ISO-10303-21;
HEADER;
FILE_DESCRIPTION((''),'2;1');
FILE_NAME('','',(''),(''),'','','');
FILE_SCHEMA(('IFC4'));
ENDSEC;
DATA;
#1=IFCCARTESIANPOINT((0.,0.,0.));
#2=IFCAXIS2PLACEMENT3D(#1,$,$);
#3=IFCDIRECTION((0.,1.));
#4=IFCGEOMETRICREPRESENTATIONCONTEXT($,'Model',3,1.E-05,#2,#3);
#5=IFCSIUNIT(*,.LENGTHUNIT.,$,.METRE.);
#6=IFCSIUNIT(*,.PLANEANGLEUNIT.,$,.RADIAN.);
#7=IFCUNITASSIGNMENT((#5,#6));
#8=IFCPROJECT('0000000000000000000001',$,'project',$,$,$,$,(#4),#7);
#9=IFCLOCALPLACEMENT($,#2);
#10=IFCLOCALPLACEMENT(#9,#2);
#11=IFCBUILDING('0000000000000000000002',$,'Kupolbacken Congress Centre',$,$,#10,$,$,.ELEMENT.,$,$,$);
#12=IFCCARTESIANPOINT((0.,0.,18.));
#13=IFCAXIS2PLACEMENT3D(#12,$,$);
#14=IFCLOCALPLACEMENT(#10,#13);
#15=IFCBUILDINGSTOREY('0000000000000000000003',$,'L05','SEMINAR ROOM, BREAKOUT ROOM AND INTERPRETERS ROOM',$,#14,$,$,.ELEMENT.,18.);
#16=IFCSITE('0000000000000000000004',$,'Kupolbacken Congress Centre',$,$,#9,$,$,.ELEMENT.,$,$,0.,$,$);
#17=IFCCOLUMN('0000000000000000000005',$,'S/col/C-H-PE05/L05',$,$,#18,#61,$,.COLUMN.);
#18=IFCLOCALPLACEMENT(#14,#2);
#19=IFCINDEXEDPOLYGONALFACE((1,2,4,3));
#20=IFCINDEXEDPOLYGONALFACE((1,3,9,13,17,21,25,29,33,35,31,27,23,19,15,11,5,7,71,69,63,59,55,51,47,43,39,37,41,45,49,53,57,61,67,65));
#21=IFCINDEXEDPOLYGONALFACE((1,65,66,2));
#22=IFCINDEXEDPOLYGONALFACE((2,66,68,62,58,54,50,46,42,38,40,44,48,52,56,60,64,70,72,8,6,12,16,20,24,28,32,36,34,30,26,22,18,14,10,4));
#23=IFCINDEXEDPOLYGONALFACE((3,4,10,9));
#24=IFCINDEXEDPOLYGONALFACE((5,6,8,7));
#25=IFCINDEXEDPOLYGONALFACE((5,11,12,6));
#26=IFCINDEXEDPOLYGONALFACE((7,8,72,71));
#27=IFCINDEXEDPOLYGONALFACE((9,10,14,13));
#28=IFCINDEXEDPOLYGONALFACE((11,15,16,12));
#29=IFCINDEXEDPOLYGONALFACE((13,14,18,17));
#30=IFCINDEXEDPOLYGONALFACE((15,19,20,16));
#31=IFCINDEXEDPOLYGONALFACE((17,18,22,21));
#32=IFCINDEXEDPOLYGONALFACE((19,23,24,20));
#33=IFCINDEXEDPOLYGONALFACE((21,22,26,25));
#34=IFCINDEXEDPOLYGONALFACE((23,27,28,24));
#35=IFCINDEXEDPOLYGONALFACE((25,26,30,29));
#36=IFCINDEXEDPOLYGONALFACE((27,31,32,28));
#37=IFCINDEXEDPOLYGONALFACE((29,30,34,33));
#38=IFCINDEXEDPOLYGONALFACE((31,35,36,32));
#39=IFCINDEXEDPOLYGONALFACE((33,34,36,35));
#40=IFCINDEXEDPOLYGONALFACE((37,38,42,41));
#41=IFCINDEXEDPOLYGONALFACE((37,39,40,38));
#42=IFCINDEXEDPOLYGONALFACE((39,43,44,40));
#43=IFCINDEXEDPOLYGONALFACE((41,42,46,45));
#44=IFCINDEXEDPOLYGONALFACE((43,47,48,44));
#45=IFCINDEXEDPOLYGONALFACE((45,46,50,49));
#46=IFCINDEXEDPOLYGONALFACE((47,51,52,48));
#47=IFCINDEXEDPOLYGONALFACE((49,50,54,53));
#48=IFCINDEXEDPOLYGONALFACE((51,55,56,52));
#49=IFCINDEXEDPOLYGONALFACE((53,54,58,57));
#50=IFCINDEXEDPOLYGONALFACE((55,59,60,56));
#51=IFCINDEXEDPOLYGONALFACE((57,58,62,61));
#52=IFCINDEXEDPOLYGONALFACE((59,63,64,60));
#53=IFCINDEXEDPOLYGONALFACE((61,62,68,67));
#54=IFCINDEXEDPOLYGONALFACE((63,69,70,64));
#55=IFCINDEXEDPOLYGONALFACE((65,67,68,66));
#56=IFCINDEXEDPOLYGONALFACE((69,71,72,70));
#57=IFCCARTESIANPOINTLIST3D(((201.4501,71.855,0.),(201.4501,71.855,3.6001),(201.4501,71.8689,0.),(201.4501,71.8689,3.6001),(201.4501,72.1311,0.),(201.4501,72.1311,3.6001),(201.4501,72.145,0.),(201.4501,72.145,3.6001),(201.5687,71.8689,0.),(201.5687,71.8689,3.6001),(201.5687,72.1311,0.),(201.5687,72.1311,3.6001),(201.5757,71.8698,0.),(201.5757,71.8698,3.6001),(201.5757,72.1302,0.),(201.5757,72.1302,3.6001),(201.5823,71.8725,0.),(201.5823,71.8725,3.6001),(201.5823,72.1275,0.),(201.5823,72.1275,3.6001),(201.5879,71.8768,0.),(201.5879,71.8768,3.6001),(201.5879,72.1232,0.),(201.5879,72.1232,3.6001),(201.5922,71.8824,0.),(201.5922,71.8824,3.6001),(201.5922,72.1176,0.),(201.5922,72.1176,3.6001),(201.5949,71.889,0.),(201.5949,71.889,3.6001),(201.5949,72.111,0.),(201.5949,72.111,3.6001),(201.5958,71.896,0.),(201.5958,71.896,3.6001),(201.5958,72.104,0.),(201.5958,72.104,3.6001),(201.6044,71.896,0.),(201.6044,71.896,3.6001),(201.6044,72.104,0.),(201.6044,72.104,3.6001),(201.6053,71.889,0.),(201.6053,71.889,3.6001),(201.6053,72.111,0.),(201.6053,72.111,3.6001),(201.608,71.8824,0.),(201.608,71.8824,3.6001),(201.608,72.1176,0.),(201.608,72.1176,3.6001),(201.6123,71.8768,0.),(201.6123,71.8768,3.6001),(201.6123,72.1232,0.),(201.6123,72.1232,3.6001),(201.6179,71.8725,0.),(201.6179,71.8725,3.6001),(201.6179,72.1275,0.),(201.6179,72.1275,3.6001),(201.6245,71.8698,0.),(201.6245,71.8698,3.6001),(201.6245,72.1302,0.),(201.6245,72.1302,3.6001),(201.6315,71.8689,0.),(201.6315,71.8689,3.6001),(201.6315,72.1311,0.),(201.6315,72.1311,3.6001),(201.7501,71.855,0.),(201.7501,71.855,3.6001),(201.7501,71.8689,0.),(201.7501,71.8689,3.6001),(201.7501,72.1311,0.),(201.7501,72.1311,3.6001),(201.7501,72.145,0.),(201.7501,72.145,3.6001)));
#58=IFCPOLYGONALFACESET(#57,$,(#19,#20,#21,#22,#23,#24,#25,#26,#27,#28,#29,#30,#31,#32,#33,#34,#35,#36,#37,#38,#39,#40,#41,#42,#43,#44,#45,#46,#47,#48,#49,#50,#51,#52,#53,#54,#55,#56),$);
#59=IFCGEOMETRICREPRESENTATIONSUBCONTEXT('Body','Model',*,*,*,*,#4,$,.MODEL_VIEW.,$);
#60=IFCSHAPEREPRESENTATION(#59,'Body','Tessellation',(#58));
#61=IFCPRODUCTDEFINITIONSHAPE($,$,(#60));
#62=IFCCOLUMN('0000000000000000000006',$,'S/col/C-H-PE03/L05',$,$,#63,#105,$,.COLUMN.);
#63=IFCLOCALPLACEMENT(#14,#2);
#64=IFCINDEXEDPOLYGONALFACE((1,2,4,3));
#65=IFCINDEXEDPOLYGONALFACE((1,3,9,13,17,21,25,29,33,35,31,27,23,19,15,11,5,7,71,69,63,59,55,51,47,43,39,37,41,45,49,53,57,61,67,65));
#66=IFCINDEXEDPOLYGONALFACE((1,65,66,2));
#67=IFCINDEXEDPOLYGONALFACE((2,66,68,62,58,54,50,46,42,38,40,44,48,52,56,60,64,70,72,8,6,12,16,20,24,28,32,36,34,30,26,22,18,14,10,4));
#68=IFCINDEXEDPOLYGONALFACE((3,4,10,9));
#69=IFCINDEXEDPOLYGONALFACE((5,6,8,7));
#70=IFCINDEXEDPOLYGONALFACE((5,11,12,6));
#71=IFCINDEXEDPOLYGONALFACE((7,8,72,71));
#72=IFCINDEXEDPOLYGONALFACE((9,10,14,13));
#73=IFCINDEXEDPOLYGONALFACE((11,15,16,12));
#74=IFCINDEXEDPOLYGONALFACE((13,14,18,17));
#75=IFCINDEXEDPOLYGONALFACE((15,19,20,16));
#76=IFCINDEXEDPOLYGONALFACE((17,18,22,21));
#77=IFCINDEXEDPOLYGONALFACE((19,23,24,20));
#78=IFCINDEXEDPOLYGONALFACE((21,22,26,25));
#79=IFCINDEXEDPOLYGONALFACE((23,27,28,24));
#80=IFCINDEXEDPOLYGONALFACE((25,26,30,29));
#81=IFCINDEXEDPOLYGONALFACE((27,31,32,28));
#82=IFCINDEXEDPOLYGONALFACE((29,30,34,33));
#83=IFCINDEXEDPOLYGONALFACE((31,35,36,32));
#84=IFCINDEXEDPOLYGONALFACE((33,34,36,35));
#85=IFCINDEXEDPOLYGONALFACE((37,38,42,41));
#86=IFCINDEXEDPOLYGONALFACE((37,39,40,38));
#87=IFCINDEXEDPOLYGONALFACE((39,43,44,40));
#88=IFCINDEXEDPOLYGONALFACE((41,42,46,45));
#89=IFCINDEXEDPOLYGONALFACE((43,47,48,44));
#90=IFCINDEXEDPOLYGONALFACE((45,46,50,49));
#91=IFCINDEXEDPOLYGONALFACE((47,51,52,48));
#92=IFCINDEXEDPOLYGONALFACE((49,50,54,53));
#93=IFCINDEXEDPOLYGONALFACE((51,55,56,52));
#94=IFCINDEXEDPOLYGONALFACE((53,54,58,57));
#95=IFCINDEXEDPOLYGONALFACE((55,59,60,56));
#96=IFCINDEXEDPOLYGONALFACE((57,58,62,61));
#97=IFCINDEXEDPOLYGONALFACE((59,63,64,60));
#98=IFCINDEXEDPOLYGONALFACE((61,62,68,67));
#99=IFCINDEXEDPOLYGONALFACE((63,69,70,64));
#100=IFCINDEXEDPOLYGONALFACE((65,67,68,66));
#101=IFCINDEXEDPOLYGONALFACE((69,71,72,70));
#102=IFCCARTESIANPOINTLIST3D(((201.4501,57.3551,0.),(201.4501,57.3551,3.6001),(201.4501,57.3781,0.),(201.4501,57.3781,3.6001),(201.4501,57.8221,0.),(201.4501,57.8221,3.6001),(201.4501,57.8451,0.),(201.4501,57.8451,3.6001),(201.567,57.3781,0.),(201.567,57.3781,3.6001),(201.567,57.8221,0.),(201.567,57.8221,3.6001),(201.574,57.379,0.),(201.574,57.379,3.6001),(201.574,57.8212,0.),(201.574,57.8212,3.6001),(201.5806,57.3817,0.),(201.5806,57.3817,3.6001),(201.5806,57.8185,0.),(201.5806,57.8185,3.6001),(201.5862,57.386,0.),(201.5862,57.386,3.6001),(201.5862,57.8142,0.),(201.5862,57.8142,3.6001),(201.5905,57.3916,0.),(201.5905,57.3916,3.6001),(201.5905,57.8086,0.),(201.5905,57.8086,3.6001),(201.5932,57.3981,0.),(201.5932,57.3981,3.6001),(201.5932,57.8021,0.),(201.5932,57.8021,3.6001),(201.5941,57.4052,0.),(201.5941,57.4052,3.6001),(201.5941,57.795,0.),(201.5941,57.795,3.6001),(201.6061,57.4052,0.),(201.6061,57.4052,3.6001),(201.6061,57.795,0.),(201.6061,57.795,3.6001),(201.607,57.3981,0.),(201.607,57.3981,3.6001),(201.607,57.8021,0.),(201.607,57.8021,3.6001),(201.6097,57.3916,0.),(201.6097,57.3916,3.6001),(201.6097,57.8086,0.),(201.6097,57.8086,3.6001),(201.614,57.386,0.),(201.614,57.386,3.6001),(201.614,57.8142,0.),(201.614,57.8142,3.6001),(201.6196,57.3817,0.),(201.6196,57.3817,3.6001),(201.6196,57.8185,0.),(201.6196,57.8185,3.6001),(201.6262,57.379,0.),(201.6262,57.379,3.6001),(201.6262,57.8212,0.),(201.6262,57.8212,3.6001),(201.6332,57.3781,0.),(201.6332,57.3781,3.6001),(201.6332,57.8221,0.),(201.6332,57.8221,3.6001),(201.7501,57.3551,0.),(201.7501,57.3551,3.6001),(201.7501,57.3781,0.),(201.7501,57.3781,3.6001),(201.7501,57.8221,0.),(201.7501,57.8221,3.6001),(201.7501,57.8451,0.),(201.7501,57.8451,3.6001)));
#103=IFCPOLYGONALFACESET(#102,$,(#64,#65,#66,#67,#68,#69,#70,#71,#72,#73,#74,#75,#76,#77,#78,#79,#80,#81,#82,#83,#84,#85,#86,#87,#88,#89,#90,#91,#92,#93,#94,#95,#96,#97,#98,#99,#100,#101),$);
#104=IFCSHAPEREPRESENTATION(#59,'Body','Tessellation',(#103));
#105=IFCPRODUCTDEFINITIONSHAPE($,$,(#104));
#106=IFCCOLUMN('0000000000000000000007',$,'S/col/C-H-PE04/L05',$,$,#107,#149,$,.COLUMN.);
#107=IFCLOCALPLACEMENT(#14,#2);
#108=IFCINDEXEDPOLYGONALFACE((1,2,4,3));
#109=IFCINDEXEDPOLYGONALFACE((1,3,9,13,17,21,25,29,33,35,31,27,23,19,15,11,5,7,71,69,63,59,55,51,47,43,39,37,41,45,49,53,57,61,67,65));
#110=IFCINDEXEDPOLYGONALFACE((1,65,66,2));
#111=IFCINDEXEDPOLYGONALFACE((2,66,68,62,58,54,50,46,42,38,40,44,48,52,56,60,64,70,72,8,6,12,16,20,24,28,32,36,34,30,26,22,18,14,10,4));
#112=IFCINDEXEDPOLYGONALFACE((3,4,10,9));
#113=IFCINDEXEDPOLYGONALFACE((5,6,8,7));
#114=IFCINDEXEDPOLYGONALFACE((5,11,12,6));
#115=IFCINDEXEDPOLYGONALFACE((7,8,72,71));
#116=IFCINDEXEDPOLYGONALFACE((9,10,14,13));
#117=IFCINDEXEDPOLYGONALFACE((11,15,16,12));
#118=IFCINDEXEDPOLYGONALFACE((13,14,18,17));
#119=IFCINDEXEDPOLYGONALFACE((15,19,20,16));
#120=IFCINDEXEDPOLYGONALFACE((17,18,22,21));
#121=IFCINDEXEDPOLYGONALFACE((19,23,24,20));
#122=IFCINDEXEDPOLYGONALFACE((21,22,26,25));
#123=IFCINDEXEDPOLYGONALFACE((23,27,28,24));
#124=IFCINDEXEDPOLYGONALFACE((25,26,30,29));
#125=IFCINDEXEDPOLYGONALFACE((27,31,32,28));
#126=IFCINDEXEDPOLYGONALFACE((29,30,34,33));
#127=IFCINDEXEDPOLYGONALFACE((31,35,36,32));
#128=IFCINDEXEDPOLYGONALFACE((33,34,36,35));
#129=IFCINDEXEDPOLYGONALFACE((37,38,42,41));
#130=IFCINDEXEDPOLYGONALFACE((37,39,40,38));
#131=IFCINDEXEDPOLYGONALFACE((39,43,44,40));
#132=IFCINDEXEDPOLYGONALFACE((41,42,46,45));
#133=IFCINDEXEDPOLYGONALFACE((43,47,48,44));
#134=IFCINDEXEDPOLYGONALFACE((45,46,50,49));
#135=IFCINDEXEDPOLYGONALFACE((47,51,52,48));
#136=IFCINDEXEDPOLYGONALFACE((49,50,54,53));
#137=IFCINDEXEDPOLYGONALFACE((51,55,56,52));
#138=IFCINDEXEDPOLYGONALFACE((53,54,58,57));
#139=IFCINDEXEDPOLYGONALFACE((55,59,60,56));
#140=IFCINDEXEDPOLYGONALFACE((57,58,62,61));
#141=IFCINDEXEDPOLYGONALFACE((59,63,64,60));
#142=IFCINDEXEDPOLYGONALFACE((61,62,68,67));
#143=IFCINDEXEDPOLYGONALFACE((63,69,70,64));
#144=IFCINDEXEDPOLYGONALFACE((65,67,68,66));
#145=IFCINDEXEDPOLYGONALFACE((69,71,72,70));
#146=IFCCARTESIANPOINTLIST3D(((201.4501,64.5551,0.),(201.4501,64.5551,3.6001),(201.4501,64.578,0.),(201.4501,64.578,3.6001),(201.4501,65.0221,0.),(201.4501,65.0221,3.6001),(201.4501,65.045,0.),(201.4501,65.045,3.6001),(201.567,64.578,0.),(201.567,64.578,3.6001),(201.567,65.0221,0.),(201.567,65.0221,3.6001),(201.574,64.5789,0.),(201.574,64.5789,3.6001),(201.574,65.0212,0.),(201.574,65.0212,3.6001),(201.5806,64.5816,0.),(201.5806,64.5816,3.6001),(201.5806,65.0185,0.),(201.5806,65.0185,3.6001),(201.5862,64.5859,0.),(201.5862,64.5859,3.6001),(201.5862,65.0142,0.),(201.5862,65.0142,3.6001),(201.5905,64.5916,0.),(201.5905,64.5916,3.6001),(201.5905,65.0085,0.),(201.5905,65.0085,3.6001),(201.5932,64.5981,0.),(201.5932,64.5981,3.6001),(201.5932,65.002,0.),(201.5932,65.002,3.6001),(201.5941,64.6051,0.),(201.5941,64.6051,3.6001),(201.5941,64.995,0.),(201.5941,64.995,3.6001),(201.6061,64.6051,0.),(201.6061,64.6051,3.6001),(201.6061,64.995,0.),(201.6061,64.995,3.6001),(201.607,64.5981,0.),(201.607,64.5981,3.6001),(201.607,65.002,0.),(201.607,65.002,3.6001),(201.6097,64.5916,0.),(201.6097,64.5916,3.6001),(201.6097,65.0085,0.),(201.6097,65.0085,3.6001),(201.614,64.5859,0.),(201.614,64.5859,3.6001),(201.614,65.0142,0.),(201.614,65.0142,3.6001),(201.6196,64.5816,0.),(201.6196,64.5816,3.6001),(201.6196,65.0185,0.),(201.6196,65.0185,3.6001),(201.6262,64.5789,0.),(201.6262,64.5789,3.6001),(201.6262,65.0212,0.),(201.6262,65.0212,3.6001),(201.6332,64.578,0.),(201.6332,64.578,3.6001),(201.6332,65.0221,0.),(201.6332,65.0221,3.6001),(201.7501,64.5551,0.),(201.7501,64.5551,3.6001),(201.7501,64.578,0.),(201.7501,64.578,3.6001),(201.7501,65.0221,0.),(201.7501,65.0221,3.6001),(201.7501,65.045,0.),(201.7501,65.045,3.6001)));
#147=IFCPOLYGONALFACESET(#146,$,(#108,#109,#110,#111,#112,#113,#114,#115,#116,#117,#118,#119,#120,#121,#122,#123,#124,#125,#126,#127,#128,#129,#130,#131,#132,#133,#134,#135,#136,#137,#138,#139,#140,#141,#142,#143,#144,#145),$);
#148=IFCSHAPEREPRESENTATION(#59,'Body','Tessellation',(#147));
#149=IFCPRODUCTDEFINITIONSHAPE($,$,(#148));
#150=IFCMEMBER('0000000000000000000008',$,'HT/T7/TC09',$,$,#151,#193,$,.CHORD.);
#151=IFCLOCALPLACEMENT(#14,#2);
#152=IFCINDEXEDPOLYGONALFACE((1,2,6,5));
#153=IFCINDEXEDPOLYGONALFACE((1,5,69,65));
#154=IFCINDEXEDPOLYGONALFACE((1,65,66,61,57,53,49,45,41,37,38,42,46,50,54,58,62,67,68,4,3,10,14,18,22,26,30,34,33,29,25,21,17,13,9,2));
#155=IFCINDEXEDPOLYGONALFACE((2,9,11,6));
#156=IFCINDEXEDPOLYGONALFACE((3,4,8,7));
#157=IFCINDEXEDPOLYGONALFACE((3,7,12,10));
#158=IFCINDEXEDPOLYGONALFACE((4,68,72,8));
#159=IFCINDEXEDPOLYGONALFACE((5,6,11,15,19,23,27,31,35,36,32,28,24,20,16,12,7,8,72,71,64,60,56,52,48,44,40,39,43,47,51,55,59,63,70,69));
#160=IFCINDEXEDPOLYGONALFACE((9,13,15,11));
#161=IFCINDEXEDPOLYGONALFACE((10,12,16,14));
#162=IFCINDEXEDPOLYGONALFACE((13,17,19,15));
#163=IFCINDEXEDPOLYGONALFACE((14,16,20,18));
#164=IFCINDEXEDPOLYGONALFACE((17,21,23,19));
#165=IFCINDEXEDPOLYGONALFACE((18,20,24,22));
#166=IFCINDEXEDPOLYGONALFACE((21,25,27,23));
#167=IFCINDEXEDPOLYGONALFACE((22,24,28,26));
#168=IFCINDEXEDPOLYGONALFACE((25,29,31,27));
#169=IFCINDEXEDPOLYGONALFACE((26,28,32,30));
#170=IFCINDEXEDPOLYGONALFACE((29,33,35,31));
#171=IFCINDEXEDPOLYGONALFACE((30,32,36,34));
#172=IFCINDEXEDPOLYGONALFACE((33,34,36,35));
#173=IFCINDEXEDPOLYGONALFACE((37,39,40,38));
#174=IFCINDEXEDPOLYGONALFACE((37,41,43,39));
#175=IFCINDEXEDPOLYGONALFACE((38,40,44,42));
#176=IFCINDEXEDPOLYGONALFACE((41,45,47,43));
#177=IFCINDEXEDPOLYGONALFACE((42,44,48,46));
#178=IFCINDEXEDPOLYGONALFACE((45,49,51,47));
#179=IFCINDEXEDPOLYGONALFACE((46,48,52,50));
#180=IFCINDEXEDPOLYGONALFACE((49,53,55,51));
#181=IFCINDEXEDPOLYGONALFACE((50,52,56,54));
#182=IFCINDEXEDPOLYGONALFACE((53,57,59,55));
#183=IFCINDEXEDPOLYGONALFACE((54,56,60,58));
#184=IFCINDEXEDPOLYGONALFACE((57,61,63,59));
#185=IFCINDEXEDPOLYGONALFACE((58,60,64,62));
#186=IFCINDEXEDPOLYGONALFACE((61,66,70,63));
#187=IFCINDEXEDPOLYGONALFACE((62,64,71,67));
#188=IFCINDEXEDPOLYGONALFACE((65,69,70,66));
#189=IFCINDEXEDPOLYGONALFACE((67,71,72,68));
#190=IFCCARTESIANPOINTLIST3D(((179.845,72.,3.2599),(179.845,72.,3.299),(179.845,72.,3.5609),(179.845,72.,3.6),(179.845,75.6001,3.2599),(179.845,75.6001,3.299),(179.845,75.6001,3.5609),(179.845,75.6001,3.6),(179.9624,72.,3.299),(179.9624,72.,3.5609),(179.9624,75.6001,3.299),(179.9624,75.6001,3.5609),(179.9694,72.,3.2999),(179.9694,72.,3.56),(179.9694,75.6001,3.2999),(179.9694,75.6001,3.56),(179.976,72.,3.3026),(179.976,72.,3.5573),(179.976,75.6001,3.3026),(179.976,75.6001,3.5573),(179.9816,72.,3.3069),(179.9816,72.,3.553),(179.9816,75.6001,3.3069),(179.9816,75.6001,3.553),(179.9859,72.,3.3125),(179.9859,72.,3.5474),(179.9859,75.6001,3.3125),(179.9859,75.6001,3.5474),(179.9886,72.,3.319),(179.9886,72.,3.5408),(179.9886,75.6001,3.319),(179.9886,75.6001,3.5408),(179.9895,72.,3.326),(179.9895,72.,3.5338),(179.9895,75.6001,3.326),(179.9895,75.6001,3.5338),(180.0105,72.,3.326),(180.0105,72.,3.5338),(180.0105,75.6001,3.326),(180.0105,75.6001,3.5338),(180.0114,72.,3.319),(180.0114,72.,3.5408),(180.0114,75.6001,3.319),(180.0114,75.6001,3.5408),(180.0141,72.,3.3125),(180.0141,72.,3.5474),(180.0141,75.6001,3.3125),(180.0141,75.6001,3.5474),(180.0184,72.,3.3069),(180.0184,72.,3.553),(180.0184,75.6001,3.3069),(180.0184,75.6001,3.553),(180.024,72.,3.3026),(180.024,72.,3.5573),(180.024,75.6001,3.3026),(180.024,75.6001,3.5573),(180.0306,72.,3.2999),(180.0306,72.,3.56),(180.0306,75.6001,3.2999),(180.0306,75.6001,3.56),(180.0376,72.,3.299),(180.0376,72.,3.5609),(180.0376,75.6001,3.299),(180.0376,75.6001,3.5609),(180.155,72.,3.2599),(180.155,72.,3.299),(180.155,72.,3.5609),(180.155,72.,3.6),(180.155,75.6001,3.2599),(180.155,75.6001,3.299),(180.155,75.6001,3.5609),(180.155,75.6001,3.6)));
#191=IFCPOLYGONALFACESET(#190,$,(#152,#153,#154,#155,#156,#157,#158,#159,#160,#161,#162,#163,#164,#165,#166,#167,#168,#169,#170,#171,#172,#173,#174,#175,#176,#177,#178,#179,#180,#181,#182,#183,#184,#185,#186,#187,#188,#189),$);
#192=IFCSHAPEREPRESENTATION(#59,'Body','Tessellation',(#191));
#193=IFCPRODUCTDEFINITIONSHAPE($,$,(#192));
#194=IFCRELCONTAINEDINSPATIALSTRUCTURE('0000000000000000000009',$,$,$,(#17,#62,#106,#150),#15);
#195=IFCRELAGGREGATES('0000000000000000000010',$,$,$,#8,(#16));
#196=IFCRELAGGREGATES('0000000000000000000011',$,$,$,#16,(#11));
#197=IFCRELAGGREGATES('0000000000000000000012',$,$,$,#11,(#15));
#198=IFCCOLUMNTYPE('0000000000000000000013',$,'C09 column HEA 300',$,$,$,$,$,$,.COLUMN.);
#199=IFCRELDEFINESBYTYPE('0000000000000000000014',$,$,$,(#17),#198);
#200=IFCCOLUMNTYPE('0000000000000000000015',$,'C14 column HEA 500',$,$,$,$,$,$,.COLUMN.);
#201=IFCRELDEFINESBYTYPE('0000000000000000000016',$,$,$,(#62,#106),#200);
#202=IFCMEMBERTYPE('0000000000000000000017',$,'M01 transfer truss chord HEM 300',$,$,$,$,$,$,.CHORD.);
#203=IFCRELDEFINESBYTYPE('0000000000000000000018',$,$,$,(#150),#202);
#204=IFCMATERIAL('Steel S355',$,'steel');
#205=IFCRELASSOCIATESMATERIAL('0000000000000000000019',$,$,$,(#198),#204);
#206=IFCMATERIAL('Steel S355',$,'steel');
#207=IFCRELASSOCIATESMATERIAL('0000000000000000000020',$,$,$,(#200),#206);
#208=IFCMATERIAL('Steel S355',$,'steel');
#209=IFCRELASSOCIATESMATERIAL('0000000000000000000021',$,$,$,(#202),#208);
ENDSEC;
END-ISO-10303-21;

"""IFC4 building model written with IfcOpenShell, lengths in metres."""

from ifc_helpers import new_model, si_unit, direction, frame, origin, origin_2d, place, context, subcontext, project, spatial, i_section, extrude, material, material_profile, profile_set, type_object, element, save


model = new_model("IFC4")

# Units and contexts
model_context = context("Model", 3, precision=1e-05, world=origin(), true_north=direction((0.0, 1.0)))
body_context = subcontext(model_context, "Body", "Model", "MODEL_VIEW")
ifc_project = project(units=[si_unit("LENGTHUNIT", "METRE"), si_unit("PLANEANGLEUNIT", "RADIAN")], contexts=[model_context])

# Site, building, storey
site_placement = place(None, origin())
site = spatial("IfcSite", under=ifc_project, at=site_placement, Name="Kupolbacken Congress Centre", CompositionType="ELEMENT", RefElevation=0.0)
building_placement = place(site_placement, origin())
building = spatial("IfcBuilding", under=site, at=building_placement, Name="Kupolbacken Congress Centre", CompositionType="ELEMENT")
storey_placement = place(building_placement, frame((0.0, 0.0, 18.0)))
storey = spatial("IfcBuildingStorey", under=building, at=storey_placement, Name="L05", Description="SEMINAR ROOM, BREAKOUT ROOM AND INTERPRETERS ROOM", CompositionType="ELEMENT", Elevation=18.0)

# Columns
ifc_material_1 = material(Name="Steel S355", Category="steel")
ifc_material_profile_1 = material_profile(ifc_material_1, i_section(OverallWidth=0.3, OverallDepth=0.29, WebThickness=0.0085, FlangeThickness=0.0139, FilletRadius=0.0271, at=origin_2d()), Name="HEA 300")
ifc_profile_set_1 = profile_set([ifc_material_profile_1], Name="Steel S355")
column_type_1 = type_object("IfcColumnType", Name="C09 column HEA 300", PredefinedType="COLUMN", material=ifc_profile_set_1)
column_placement = place(storey_placement, frame((201.6001, 72.0, 0.0), z_axis=(0.0, 0.0, 1.0), x_axis=(1.0, 0.0, 0.0)))
element("IfcColumn", 1, at=column_placement, inside=storey, type_object=column_type_1, Name="S/col/C-H-PE05/L05", PredefinedType="COLUMN", context=body_context, shape_type="SweptSolid", body=[
    extrude(i_section(OverallWidth=0.3, OverallDepth=0.29, WebThickness=0.0085, FlangeThickness=0.0139, FilletRadius=0.0271, at=origin_2d()), origin(), (0.0, 0.0, 1.0), 3.6001),
])
ifc_material_2 = material(Name="Steel S355", Category="steel")
ifc_material_profile_2 = material_profile(ifc_material_2, i_section(OverallWidth=0.3, OverallDepth=0.49, WebThickness=0.012, FlangeThickness=0.0229, FilletRadius=0.0271, at=origin_2d()), Name="HEA 500")
ifc_profile_set_2 = profile_set([ifc_material_profile_2], Name="Steel S355")
column_type_2 = type_object("IfcColumnType", Name="C14 column HEA 500", PredefinedType="COLUMN", material=ifc_profile_set_2)
for number, where, z_axis, x_axis, name in (
    (2, (201.6001, 57.6001, 0.0), (0.0, 0.0, 1.0), (1.0, 0.0, 0.0), "S/col/C-H-PE03/L05"),
    (3, (201.6001, 64.8, 0.0), (0.0, 0.0, 1.0), (1.0, 0.0, 0.0), "S/col/C-H-PE04/L05"),
):
    element("IfcColumn", number, at=place(storey_placement, frame(where, z_axis=z_axis, x_axis=x_axis)), inside=storey, type_object=column_type_2, Name=name, PredefinedType="COLUMN", context=body_context, shape_type="SweptSolid", body=[
        extrude(i_section(OverallWidth=0.3, OverallDepth=0.49, WebThickness=0.012, FlangeThickness=0.0229, FilletRadius=0.0271, at=origin_2d()), origin(), (0.0, 0.0, 1.0), 3.6001),
    ])

# Member
ifc_material_3 = material(Name="Steel S355", Category="steel")
ifc_material_profile_3 = material_profile(ifc_material_3, i_section(OverallWidth=0.3101, OverallDepth=0.3401, WebThickness=0.021, FlangeThickness=0.0391, FilletRadius=0.0271, at=origin_2d()), Name="HEM 300")
ifc_profile_set_3 = profile_set([ifc_material_profile_3], Name="Steel S355")
member_type_1 = type_object("IfcMemberType", Name="M01 transfer truss chord HEM 300", PredefinedType="CHORD", material=ifc_profile_set_3)
member_1_placement = place(storey_placement, frame((180.0, 72.0, 3.4299), z_axis=(0.0, 1.0, 0.0), x_axis=(-1.0, 0.0, 0.0)))
element("IfcMember", 4, at=member_1_placement, inside=storey, type_object=member_type_1, Name="HT/T7/TC09", PredefinedType="CHORD", context=body_context, shape_type="SweptSolid", body=[
    extrude(i_section(OverallWidth=0.3101, OverallDepth=0.3401, WebThickness=0.021, FlangeThickness=0.0391, FilletRadius=0.0271, at=origin_2d()), origin(), (0.0, 0.0, 1.0), 3.6001),
])

save(model, "model.ifc")
